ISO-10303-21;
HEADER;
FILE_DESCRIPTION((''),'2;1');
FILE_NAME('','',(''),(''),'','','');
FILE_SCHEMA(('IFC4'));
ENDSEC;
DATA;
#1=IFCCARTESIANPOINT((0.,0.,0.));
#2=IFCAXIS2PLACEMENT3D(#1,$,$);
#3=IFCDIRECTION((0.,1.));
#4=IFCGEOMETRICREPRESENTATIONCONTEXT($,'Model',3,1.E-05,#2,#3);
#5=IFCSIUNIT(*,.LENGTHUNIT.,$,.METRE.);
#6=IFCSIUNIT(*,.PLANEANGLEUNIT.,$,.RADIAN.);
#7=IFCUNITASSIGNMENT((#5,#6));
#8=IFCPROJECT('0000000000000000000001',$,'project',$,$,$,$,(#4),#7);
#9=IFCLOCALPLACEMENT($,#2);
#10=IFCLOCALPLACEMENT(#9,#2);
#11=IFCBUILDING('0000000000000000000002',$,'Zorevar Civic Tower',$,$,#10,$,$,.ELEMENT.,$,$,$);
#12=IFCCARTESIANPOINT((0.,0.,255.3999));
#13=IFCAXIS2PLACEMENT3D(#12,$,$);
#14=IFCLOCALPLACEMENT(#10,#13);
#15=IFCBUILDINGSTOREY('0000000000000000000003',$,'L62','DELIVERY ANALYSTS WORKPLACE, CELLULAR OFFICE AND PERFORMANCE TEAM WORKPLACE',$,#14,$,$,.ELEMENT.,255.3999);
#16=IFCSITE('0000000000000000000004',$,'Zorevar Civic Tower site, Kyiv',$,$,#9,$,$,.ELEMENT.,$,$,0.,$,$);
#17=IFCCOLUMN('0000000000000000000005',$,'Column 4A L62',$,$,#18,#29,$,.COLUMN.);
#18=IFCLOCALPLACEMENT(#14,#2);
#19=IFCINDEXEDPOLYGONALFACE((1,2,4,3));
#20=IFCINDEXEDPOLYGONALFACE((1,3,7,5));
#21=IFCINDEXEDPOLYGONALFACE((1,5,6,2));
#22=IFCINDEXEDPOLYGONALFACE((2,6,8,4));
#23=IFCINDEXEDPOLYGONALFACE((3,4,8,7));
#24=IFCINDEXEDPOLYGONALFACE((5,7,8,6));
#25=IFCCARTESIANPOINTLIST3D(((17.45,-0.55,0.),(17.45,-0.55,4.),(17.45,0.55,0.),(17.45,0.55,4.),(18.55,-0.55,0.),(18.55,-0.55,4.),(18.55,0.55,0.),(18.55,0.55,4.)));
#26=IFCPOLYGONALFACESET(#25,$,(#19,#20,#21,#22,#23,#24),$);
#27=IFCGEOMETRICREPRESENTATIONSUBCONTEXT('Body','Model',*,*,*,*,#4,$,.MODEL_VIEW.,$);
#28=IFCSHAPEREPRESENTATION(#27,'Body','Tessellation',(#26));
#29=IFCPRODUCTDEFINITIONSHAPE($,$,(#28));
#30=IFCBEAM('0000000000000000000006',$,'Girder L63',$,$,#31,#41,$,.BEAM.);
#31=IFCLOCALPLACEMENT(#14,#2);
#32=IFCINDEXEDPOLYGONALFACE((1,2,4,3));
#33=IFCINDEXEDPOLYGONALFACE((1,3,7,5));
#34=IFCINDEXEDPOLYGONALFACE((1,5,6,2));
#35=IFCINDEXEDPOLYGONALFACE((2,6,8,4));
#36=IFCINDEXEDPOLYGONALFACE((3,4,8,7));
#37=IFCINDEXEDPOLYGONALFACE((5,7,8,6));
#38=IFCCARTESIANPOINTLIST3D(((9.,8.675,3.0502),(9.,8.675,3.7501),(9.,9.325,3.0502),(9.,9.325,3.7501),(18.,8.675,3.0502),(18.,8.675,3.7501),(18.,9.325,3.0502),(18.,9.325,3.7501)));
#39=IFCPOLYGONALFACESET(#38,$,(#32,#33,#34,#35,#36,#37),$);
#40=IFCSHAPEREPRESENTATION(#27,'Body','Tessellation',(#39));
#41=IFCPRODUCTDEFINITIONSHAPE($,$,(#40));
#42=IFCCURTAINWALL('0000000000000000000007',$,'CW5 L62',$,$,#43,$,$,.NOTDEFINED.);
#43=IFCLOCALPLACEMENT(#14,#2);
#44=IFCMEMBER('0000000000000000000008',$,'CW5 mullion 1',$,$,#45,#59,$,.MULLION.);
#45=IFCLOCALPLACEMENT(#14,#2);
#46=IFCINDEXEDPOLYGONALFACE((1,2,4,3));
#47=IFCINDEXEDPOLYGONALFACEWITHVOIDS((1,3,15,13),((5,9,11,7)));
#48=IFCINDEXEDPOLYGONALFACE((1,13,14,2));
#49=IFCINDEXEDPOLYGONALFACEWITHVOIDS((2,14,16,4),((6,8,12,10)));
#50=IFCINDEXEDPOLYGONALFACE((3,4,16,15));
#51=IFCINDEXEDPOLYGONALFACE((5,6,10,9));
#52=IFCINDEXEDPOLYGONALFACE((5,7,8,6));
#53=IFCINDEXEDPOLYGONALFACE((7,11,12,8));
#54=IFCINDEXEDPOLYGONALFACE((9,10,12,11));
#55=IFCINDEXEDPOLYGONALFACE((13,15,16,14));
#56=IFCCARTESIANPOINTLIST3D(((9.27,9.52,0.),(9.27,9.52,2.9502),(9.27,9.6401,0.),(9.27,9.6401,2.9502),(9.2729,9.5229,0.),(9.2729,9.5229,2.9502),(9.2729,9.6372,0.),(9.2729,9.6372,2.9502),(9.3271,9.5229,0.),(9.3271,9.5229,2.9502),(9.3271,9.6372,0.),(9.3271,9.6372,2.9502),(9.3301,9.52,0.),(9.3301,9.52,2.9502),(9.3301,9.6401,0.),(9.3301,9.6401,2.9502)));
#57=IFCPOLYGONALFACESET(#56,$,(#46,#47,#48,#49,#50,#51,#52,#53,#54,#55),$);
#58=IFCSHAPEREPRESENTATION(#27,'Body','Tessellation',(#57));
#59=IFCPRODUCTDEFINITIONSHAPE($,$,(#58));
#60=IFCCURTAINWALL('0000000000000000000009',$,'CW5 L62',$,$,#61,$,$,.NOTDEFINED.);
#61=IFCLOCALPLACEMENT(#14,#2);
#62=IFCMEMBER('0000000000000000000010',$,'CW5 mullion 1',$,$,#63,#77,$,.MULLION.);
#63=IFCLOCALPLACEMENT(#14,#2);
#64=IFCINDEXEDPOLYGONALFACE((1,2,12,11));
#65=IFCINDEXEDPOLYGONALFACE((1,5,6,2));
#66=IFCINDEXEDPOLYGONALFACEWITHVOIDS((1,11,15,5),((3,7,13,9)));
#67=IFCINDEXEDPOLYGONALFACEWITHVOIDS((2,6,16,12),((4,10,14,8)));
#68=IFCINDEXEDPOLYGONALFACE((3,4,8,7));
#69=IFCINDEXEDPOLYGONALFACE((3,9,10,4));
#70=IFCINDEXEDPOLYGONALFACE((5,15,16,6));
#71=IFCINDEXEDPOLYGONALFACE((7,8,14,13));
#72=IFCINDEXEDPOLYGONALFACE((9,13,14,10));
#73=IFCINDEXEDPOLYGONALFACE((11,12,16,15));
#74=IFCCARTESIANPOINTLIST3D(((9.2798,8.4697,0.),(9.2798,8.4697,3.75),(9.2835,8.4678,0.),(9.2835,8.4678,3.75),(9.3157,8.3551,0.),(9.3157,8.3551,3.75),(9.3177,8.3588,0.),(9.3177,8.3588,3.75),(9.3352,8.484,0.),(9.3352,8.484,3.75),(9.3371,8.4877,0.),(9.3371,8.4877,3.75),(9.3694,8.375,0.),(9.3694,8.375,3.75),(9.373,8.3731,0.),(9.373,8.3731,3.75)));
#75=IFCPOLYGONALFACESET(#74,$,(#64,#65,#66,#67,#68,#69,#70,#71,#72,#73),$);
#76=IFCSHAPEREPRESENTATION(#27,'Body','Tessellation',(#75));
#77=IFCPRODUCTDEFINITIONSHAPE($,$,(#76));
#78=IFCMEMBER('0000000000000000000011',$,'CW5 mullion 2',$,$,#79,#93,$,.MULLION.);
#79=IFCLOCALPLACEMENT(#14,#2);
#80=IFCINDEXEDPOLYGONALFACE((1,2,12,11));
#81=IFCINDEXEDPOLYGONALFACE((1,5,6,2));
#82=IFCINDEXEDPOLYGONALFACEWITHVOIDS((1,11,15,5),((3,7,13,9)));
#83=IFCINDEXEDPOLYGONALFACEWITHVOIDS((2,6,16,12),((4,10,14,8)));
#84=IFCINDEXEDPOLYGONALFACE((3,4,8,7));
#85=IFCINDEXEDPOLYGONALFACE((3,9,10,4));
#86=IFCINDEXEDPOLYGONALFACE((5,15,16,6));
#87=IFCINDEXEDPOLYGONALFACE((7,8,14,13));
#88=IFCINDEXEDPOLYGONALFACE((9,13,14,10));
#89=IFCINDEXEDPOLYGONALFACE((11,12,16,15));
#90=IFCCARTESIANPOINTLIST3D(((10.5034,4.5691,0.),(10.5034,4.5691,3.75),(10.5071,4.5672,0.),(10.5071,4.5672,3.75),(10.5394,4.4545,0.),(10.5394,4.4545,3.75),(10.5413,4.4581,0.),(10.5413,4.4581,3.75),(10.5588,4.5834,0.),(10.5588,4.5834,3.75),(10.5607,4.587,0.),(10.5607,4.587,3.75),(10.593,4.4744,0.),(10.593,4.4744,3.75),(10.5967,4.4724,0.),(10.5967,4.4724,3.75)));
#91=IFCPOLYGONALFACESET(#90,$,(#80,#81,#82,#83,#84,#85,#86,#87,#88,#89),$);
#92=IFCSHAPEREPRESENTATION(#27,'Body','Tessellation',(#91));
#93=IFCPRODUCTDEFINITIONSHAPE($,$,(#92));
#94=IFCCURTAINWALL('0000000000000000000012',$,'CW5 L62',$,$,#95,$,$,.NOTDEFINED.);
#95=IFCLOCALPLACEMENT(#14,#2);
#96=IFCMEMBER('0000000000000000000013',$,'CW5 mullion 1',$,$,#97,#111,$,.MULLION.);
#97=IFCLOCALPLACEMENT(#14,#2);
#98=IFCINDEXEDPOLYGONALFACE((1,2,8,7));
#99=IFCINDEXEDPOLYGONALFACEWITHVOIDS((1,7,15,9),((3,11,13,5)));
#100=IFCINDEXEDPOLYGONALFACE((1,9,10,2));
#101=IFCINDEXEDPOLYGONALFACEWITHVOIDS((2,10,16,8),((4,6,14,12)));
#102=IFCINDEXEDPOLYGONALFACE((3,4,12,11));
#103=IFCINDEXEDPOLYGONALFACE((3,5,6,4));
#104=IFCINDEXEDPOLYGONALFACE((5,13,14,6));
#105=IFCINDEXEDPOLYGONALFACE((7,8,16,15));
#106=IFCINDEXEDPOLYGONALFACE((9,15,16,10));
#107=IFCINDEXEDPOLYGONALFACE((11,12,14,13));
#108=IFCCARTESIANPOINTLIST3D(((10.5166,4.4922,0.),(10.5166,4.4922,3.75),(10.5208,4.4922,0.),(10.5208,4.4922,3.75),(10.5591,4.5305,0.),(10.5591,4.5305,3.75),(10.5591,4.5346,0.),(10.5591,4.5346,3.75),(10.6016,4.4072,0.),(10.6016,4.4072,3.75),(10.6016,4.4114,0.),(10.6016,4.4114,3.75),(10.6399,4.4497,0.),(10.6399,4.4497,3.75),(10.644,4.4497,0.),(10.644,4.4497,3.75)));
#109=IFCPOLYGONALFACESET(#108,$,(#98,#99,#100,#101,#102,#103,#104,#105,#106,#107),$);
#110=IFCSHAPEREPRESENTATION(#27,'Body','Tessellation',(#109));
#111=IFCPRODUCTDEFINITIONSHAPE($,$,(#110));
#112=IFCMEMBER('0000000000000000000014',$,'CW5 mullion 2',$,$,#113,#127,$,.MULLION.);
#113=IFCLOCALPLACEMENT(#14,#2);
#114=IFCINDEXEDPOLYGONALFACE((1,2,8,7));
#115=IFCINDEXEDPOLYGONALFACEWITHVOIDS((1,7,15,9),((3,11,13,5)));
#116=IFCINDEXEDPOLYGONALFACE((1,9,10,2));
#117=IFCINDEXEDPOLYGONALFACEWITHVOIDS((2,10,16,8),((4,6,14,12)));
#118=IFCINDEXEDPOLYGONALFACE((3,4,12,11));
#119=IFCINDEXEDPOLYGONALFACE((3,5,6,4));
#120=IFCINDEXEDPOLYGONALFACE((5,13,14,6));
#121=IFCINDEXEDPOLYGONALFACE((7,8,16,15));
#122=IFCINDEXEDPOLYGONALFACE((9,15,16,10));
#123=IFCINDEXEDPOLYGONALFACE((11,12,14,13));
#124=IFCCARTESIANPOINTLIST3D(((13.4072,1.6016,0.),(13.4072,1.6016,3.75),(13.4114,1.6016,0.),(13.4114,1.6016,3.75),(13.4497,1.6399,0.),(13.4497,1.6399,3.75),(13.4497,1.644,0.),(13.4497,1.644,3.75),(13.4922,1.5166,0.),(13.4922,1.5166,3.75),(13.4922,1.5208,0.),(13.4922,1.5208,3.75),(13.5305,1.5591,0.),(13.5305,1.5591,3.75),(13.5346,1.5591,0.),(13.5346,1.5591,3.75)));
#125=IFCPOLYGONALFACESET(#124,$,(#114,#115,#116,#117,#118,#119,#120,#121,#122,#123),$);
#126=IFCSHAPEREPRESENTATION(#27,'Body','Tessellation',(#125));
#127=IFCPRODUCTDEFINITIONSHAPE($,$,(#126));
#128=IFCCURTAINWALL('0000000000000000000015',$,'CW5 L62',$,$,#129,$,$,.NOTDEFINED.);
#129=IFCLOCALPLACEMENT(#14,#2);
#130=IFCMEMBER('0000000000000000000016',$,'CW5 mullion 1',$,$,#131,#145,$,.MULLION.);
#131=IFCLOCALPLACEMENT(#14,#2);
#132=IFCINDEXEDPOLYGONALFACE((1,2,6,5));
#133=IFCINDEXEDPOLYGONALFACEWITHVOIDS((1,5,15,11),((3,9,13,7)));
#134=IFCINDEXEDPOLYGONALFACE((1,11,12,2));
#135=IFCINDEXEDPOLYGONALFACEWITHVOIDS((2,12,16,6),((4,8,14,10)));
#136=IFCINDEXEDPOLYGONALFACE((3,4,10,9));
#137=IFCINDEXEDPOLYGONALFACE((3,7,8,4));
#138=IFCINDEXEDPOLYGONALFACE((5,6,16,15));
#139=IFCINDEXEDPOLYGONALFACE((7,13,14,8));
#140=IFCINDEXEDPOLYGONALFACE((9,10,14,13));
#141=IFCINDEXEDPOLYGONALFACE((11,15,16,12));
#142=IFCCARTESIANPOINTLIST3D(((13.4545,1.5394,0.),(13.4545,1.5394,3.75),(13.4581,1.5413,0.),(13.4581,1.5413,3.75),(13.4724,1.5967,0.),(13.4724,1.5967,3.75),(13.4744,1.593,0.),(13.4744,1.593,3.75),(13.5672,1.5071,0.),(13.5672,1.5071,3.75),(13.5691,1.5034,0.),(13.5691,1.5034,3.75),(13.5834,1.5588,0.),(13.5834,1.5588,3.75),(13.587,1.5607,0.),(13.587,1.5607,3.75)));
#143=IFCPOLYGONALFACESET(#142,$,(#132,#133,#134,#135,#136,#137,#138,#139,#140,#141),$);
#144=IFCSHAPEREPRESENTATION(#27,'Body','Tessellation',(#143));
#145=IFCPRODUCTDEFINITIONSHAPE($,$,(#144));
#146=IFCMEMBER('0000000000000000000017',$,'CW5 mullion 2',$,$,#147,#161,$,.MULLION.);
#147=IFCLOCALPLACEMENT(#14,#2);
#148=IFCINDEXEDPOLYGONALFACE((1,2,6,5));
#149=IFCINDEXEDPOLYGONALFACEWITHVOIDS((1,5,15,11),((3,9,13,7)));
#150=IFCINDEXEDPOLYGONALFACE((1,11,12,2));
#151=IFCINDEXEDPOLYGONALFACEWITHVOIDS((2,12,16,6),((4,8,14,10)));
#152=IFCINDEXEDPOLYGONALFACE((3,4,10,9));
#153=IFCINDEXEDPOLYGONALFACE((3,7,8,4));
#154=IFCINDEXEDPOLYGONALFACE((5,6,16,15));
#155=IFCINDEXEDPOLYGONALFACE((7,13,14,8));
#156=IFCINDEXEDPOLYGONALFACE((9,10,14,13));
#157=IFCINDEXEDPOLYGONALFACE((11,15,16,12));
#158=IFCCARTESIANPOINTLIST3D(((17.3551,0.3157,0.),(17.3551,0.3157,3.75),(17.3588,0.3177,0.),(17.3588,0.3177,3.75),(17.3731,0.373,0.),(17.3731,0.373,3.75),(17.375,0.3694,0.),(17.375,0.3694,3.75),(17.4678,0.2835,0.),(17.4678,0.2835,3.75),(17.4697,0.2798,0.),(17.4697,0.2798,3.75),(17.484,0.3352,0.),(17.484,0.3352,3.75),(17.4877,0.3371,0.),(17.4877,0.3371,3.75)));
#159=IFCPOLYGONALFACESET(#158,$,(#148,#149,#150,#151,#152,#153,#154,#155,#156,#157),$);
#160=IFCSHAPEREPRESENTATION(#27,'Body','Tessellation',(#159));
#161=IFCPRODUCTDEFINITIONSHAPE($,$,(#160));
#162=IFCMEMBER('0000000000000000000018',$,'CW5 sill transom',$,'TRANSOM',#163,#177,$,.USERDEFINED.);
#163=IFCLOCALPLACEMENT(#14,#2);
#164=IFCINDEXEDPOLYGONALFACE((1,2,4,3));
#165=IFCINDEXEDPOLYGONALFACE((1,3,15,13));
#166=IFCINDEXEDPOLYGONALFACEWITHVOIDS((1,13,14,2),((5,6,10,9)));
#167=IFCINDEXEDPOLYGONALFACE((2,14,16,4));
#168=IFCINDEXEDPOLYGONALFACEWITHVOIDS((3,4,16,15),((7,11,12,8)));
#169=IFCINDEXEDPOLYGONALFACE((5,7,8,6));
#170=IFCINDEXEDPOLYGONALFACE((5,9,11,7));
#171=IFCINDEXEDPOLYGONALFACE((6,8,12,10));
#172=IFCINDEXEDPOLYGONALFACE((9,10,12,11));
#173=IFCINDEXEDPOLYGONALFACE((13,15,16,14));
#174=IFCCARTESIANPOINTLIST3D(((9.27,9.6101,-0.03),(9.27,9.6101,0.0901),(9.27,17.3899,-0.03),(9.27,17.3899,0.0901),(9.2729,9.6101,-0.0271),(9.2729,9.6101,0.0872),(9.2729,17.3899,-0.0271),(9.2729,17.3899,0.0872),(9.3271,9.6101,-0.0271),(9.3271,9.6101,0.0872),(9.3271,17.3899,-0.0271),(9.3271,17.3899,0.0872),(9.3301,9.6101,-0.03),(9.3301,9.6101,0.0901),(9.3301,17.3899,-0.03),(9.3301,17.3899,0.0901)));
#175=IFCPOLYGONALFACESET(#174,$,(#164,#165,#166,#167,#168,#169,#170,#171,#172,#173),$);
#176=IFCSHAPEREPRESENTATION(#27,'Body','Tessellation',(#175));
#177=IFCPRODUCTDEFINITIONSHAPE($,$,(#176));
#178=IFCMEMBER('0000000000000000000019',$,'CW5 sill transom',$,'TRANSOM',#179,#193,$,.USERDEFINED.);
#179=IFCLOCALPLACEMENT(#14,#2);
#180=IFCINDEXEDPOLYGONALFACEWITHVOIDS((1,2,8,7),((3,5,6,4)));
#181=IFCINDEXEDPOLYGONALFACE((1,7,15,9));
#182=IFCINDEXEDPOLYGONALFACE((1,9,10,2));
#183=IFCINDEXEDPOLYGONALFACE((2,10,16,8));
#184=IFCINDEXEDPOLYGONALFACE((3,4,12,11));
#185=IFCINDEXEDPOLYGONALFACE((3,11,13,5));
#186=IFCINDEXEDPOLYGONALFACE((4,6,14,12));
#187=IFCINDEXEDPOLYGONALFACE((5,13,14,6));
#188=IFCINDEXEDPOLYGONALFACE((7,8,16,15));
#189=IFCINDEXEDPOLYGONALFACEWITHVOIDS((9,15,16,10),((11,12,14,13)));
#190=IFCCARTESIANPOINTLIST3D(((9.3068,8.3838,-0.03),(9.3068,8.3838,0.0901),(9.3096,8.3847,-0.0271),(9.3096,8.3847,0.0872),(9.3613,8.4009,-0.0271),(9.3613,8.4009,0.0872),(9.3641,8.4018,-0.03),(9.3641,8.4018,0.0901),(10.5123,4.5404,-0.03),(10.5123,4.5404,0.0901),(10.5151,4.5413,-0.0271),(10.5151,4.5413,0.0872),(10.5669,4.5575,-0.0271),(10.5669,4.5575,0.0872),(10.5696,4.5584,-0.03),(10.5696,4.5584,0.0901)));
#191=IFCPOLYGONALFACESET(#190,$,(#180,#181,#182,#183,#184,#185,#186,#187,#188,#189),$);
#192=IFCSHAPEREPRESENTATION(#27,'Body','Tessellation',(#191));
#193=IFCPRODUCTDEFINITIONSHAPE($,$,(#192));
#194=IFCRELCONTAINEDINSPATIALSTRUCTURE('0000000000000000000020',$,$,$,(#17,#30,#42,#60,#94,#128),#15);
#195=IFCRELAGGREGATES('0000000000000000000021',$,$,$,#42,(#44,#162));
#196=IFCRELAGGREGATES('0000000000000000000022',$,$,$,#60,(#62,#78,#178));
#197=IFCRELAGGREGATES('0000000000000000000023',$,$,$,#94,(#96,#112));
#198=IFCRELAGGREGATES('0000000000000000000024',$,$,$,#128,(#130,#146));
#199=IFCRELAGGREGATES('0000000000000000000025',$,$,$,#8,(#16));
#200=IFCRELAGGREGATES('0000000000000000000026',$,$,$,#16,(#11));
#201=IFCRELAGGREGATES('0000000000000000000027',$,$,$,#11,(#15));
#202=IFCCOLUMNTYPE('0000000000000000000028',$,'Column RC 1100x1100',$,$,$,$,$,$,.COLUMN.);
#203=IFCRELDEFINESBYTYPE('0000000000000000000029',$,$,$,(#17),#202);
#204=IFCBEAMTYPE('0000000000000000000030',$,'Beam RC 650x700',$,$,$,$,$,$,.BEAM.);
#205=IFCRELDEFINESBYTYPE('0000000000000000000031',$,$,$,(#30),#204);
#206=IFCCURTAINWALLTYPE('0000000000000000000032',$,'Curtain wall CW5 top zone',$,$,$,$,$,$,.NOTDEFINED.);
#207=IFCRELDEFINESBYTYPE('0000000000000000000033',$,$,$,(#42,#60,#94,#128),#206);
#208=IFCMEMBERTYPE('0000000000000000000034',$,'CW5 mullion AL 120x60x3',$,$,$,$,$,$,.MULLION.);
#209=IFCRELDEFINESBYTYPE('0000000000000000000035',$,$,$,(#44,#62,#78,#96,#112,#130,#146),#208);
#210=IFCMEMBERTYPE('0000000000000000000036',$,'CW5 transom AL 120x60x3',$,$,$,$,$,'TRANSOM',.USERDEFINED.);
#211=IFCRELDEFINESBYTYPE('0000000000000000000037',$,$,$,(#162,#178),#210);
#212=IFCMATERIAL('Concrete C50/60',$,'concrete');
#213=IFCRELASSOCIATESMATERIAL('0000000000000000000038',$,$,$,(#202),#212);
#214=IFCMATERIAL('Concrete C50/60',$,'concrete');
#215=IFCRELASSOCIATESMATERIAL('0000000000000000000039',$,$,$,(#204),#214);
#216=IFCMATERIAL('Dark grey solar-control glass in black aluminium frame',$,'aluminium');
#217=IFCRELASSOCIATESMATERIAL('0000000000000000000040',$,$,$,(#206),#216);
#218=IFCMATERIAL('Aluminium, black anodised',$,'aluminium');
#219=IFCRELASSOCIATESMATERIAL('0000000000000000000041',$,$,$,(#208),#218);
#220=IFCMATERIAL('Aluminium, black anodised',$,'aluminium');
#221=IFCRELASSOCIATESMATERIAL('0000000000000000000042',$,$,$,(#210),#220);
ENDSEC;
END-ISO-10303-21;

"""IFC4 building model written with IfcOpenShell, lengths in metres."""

from ifc_helpers import new_model, si_unit, direction, frame, origin, origin_2d, place, context, subcontext, project, spatial, rectangle, hollow_rectangle, extrude, material, material_profile, profile_set, type_object, element, aggregate, save


model = new_model("IFC4")

# Units and contexts
model_context = context("Model", 3, precision=1e-05, world=origin(), true_north=direction((0.0, 1.0)))
body_context = subcontext(model_context, "Body", "Model", "MODEL_VIEW")
ifc_project = project(units=[si_unit("LENGTHUNIT", "METRE"), si_unit("PLANEANGLEUNIT", "RADIAN")], contexts=[model_context])

# Site, building, storey
site_placement = place(None, origin())
site = spatial("IfcSite", under=ifc_project, at=site_placement, Name="Zorevar Civic Tower site, Kyiv", CompositionType="ELEMENT", RefElevation=0.0)
building_placement = place(site_placement, origin())
building = spatial("IfcBuilding", under=site, at=building_placement, Name="Zorevar Civic Tower", CompositionType="ELEMENT")
storey_placement = place(building_placement, frame((0.0, 0.0, 255.3999)))
storey = spatial("IfcBuildingStorey", under=building, at=storey_placement, Name="L62", Description="DELIVERY ANALYSTS WORKPLACE, CELLULAR OFFICE AND PERFORMANCE TEAM WORKPLACE", CompositionType="ELEMENT", Elevation=255.3999)

# Column
ifc_material_1 = material(Name="Concrete C50/60", Category="concrete")
ifc_material_profile_1 = material_profile(ifc_material_1, rectangle(XDim=1.1001, YDim=1.1001, at=origin_2d()), Name="RC 1100x1100")
ifc_profile_set_1 = profile_set([ifc_material_profile_1], Name="Concrete C50/60")
column_type = type_object("IfcColumnType", Name="Column RC 1100x1100", PredefinedType="COLUMN", material=ifc_profile_set_1)
column_placement = place(storey_placement, frame((18.0, 0.0, 0.0), z_axis=(0.0, 0.0, 1.0), x_axis=(1.0, 0.0, 0.0)))
element("IfcColumn", 1, at=column_placement, inside=storey, type_object=column_type, Name="Column 4A L62", PredefinedType="COLUMN", context=body_context, shape_type="SweptSolid", body=[
    extrude(rectangle(XDim=1.1001, YDim=1.1001, at=origin_2d()), origin(), (0.0, 0.0, 1.0), 4.0),
])

# Beam
ifc_material_2 = material(Name="Concrete C50/60", Category="concrete")
ifc_material_profile_2 = material_profile(ifc_material_2, rectangle(XDim=0.6499, YDim=0.7, at=origin_2d()), Name="RC 650x700")
ifc_profile_set_2 = profile_set([ifc_material_profile_2], Name="Concrete C50/60")
beam_type_1 = type_object("IfcBeamType", Name="Beam RC 650x700", PredefinedType="BEAM", material=ifc_profile_set_2)
beam_1_placement = place(storey_placement, frame((9.0, 9.0, 3.4001), z_axis=(1.0, 0.0, 0.0), x_axis=(0.0, 1.0, 0.0)))
element("IfcBeam", 2, at=beam_1_placement, inside=storey, type_object=beam_type_1, Name="Girder L63", PredefinedType="BEAM", context=body_context, shape_type="SweptSolid", body=[
    extrude(rectangle(XDim=0.6499, YDim=0.7, at=origin_2d()), origin(), (0.0, 0.0, 1.0), 9.0),
])

# Curtain wall, member
ifc_material_3 = material(Name="Dark grey solar-control glass in black aluminium frame", Category="aluminium")
curtain_wall_type = type_object("IfcCurtainWallType", Name="Curtain wall CW5 top zone", PredefinedType="NOTDEFINED", material=ifc_material_3)
curtain_wall_1_placement = place(storey_placement, origin())
curtain_wall_1 = element("IfcCurtainWall", 3, at=curtain_wall_1_placement, inside=storey, type_object=curtain_wall_type, Name="CW5 L62", PredefinedType="NOTDEFINED")
ifc_material_4 = material(Name="Aluminium, black anodised", Category="aluminium")
ifc_material_profile_3 = material_profile(ifc_material_4, hollow_rectangle(XDim=0.0601, YDim=0.1201, WallThickness=0.0029, at=origin_2d()), Name="AL 120x60x3")
ifc_profile_set_3 = profile_set([ifc_material_profile_3], Name="Aluminium, black anodised")
member_type_1 = type_object("IfcMemberType", Name="CW5 mullion AL 120x60x3", PredefinedType="MULLION", material=ifc_profile_set_3)
member_1_placement = place(storey_placement, frame((9.3, 9.5801, 0.0), z_axis=(0.0, 0.0, 1.0), x_axis=(-1.0, 0.0, 0.0)))
member_1 = element("IfcMember", 4, at=member_1_placement, type_object=member_type_1, Name="CW5 mullion 1", PredefinedType="MULLION", context=body_context, shape_type="SweptSolid", body=[
    extrude(hollow_rectangle(XDim=0.0601, YDim=0.1201, WallThickness=0.0029, at=origin_2d()), origin(), (0.0, 0.0, 1.0), 2.9502),
])

# Curtain walls, members
curtain_wall_2_placement = place(storey_placement, origin())
curtain_wall_2 = element("IfcCurtainWall", 5, at=curtain_wall_2_placement, inside=storey, type_object=curtain_wall_type, Name="CW5 L62", PredefinedType="NOTDEFINED")
member_2_placement = place(storey_placement, frame((9.3264, 8.4214, 0.0), z_axis=(0.0, 0.0, 1.0), x_axis=(0.954153, 0.299318, 0.0)))
member_2 = element("IfcMember", 6, at=member_2_placement, type_object=member_type_1, Name="CW5 mullion 1", PredefinedType="MULLION", context=body_context, shape_type="SweptSolid", body=[
    extrude(hollow_rectangle(XDim=0.0601, YDim=0.1201, WallThickness=0.0029, at=origin_2d()), origin(), (0.0, 0.0, 1.0), 3.75),
])
member_3_placement = place(storey_placement, frame((10.55, 4.5208, 0.0), z_axis=(0.0, 0.0, 1.0), x_axis=(0.954153, 0.299318, 0.0)))
member_3 = element("IfcMember", 7, at=member_3_placement, type_object=member_type_1, Name="CW5 mullion 2", PredefinedType="MULLION", context=body_context, shape_type="SweptSolid", body=[
    extrude(hollow_rectangle(XDim=0.0601, YDim=0.1201, WallThickness=0.0029, at=origin_2d()), origin(), (0.0, 0.0, 1.0), 3.75),
])
curtain_wall_3_placement = place(storey_placement, origin())
curtain_wall_3 = element("IfcCurtainWall", 8, at=curtain_wall_3_placement, inside=storey, type_object=curtain_wall_type, Name="CW5 L62", PredefinedType="NOTDEFINED")
member_4_placement = place(storey_placement, frame((10.5803, 4.4709, 0.0), z_axis=(0.0, 0.0, 1.0), x_axis=(0.707107, 0.707107, 0.0)))
member_4 = element("IfcMember", 9, at=member_4_placement, type_object=member_type_1, Name="CW5 mullion 1", PredefinedType="MULLION", context=body_context, shape_type="SweptSolid", body=[
    extrude(hollow_rectangle(XDim=0.0601, YDim=0.1201, WallThickness=0.0029, at=origin_2d()), origin(), (0.0, 0.0, 1.0), 3.75),
])
member_5_placement = place(storey_placement, frame((13.4709, 1.5803, 0.0), z_axis=(0.0, 0.0, 1.0), x_axis=(0.707107, 0.707107, 0.0)))
member_5 = element("IfcMember", 10, at=member_5_placement, type_object=member_type_1, Name="CW5 mullion 2", PredefinedType="MULLION", context=body_context, shape_type="SweptSolid", body=[
    extrude(hollow_rectangle(XDim=0.0601, YDim=0.1201, WallThickness=0.0029, at=origin_2d()), origin(), (0.0, 0.0, 1.0), 3.75),
])
curtain_wall_4_placement = place(storey_placement, origin())
curtain_wall_4 = element("IfcCurtainWall", 11, at=curtain_wall_4_placement, inside=storey, type_object=curtain_wall_type, Name="CW5 L62", PredefinedType="NOTDEFINED")
member_6_placement = place(storey_placement, frame((13.5208, 1.55, 0.0), z_axis=(0.0, 0.0, 1.0), x_axis=(0.299318, 0.954153, 0.0)))
member_6 = element("IfcMember", 12, at=member_6_placement, type_object=member_type_1, Name="CW5 mullion 1", PredefinedType="MULLION", context=body_context, shape_type="SweptSolid", body=[
    extrude(hollow_rectangle(XDim=0.0601, YDim=0.1201, WallThickness=0.0029, at=origin_2d()), origin(), (0.0, 0.0, 1.0), 3.75),
])
member_7_placement = place(storey_placement, frame((17.4214, 0.3264, 0.0), z_axis=(0.0, 0.0, 1.0), x_axis=(0.299318, 0.954153, 0.0)))
member_7 = element("IfcMember", 13, at=member_7_placement, type_object=member_type_1, Name="CW5 mullion 2", PredefinedType="MULLION", context=body_context, shape_type="SweptSolid", body=[
    extrude(hollow_rectangle(XDim=0.0601, YDim=0.1201, WallThickness=0.0029, at=origin_2d()), origin(), (0.0, 0.0, 1.0), 3.75),
])

# Members
ifc_material_5 = material(Name="Aluminium, black anodised", Category="aluminium")
ifc_material_profile_4 = material_profile(ifc_material_5, hollow_rectangle(XDim=0.0601, YDim=0.1201, WallThickness=0.0029, at=origin_2d()), Name="AL 120x60x3")
ifc_profile_set_4 = profile_set([ifc_material_profile_4], Name="Aluminium, black anodised")
member_type_2 = type_object("IfcMemberType", Name="CW5 transom AL 120x60x3", ElementType="TRANSOM", PredefinedType="USERDEFINED", material=ifc_profile_set_4)
member_8_placement = place(storey_placement, frame((9.3, 9.6101, 0.03), z_axis=(0.0, 1.0, 0.0), x_axis=(-1.0, 0.0, 0.0)))
member_8 = element("IfcMember", 14, at=member_8_placement, type_object=member_type_2, Name="CW5 sill transom", ObjectType="TRANSOM", PredefinedType="USERDEFINED", context=body_context, shape_type="SweptSolid", body=[
    extrude(hollow_rectangle(XDim=0.0601, YDim=0.1201, WallThickness=0.0029, at=origin_2d()), origin(), (0.0, 0.0, 1.0), 7.7798),
])
member_9_placement = place(storey_placement, frame((9.3354, 8.3928, 0.03), z_axis=(0.299286, -0.954163, 0.0), x_axis=(0.954163, 0.299286, 0.0)))
member_9 = element("IfcMember", 15, at=member_9_placement, type_object=member_type_2, Name="CW5 sill transom", ObjectType="TRANSOM", PredefinedType="USERDEFINED", context=body_context, shape_type="SweptSolid", body=[
    extrude(hollow_rectangle(XDim=0.0601, YDim=0.1201, WallThickness=0.0029, at=origin_2d()), origin(), (0.0, 0.0, 1.0), 4.0281),
])

aggregate(curtain_wall_1, [member_1, member_8])
aggregate(curtain_wall_2, [member_2, member_3, member_9])
aggregate(curtain_wall_3, [member_4, member_5])
aggregate(curtain_wall_4, [member_6, member_7])

save(model, "model.ifc")
